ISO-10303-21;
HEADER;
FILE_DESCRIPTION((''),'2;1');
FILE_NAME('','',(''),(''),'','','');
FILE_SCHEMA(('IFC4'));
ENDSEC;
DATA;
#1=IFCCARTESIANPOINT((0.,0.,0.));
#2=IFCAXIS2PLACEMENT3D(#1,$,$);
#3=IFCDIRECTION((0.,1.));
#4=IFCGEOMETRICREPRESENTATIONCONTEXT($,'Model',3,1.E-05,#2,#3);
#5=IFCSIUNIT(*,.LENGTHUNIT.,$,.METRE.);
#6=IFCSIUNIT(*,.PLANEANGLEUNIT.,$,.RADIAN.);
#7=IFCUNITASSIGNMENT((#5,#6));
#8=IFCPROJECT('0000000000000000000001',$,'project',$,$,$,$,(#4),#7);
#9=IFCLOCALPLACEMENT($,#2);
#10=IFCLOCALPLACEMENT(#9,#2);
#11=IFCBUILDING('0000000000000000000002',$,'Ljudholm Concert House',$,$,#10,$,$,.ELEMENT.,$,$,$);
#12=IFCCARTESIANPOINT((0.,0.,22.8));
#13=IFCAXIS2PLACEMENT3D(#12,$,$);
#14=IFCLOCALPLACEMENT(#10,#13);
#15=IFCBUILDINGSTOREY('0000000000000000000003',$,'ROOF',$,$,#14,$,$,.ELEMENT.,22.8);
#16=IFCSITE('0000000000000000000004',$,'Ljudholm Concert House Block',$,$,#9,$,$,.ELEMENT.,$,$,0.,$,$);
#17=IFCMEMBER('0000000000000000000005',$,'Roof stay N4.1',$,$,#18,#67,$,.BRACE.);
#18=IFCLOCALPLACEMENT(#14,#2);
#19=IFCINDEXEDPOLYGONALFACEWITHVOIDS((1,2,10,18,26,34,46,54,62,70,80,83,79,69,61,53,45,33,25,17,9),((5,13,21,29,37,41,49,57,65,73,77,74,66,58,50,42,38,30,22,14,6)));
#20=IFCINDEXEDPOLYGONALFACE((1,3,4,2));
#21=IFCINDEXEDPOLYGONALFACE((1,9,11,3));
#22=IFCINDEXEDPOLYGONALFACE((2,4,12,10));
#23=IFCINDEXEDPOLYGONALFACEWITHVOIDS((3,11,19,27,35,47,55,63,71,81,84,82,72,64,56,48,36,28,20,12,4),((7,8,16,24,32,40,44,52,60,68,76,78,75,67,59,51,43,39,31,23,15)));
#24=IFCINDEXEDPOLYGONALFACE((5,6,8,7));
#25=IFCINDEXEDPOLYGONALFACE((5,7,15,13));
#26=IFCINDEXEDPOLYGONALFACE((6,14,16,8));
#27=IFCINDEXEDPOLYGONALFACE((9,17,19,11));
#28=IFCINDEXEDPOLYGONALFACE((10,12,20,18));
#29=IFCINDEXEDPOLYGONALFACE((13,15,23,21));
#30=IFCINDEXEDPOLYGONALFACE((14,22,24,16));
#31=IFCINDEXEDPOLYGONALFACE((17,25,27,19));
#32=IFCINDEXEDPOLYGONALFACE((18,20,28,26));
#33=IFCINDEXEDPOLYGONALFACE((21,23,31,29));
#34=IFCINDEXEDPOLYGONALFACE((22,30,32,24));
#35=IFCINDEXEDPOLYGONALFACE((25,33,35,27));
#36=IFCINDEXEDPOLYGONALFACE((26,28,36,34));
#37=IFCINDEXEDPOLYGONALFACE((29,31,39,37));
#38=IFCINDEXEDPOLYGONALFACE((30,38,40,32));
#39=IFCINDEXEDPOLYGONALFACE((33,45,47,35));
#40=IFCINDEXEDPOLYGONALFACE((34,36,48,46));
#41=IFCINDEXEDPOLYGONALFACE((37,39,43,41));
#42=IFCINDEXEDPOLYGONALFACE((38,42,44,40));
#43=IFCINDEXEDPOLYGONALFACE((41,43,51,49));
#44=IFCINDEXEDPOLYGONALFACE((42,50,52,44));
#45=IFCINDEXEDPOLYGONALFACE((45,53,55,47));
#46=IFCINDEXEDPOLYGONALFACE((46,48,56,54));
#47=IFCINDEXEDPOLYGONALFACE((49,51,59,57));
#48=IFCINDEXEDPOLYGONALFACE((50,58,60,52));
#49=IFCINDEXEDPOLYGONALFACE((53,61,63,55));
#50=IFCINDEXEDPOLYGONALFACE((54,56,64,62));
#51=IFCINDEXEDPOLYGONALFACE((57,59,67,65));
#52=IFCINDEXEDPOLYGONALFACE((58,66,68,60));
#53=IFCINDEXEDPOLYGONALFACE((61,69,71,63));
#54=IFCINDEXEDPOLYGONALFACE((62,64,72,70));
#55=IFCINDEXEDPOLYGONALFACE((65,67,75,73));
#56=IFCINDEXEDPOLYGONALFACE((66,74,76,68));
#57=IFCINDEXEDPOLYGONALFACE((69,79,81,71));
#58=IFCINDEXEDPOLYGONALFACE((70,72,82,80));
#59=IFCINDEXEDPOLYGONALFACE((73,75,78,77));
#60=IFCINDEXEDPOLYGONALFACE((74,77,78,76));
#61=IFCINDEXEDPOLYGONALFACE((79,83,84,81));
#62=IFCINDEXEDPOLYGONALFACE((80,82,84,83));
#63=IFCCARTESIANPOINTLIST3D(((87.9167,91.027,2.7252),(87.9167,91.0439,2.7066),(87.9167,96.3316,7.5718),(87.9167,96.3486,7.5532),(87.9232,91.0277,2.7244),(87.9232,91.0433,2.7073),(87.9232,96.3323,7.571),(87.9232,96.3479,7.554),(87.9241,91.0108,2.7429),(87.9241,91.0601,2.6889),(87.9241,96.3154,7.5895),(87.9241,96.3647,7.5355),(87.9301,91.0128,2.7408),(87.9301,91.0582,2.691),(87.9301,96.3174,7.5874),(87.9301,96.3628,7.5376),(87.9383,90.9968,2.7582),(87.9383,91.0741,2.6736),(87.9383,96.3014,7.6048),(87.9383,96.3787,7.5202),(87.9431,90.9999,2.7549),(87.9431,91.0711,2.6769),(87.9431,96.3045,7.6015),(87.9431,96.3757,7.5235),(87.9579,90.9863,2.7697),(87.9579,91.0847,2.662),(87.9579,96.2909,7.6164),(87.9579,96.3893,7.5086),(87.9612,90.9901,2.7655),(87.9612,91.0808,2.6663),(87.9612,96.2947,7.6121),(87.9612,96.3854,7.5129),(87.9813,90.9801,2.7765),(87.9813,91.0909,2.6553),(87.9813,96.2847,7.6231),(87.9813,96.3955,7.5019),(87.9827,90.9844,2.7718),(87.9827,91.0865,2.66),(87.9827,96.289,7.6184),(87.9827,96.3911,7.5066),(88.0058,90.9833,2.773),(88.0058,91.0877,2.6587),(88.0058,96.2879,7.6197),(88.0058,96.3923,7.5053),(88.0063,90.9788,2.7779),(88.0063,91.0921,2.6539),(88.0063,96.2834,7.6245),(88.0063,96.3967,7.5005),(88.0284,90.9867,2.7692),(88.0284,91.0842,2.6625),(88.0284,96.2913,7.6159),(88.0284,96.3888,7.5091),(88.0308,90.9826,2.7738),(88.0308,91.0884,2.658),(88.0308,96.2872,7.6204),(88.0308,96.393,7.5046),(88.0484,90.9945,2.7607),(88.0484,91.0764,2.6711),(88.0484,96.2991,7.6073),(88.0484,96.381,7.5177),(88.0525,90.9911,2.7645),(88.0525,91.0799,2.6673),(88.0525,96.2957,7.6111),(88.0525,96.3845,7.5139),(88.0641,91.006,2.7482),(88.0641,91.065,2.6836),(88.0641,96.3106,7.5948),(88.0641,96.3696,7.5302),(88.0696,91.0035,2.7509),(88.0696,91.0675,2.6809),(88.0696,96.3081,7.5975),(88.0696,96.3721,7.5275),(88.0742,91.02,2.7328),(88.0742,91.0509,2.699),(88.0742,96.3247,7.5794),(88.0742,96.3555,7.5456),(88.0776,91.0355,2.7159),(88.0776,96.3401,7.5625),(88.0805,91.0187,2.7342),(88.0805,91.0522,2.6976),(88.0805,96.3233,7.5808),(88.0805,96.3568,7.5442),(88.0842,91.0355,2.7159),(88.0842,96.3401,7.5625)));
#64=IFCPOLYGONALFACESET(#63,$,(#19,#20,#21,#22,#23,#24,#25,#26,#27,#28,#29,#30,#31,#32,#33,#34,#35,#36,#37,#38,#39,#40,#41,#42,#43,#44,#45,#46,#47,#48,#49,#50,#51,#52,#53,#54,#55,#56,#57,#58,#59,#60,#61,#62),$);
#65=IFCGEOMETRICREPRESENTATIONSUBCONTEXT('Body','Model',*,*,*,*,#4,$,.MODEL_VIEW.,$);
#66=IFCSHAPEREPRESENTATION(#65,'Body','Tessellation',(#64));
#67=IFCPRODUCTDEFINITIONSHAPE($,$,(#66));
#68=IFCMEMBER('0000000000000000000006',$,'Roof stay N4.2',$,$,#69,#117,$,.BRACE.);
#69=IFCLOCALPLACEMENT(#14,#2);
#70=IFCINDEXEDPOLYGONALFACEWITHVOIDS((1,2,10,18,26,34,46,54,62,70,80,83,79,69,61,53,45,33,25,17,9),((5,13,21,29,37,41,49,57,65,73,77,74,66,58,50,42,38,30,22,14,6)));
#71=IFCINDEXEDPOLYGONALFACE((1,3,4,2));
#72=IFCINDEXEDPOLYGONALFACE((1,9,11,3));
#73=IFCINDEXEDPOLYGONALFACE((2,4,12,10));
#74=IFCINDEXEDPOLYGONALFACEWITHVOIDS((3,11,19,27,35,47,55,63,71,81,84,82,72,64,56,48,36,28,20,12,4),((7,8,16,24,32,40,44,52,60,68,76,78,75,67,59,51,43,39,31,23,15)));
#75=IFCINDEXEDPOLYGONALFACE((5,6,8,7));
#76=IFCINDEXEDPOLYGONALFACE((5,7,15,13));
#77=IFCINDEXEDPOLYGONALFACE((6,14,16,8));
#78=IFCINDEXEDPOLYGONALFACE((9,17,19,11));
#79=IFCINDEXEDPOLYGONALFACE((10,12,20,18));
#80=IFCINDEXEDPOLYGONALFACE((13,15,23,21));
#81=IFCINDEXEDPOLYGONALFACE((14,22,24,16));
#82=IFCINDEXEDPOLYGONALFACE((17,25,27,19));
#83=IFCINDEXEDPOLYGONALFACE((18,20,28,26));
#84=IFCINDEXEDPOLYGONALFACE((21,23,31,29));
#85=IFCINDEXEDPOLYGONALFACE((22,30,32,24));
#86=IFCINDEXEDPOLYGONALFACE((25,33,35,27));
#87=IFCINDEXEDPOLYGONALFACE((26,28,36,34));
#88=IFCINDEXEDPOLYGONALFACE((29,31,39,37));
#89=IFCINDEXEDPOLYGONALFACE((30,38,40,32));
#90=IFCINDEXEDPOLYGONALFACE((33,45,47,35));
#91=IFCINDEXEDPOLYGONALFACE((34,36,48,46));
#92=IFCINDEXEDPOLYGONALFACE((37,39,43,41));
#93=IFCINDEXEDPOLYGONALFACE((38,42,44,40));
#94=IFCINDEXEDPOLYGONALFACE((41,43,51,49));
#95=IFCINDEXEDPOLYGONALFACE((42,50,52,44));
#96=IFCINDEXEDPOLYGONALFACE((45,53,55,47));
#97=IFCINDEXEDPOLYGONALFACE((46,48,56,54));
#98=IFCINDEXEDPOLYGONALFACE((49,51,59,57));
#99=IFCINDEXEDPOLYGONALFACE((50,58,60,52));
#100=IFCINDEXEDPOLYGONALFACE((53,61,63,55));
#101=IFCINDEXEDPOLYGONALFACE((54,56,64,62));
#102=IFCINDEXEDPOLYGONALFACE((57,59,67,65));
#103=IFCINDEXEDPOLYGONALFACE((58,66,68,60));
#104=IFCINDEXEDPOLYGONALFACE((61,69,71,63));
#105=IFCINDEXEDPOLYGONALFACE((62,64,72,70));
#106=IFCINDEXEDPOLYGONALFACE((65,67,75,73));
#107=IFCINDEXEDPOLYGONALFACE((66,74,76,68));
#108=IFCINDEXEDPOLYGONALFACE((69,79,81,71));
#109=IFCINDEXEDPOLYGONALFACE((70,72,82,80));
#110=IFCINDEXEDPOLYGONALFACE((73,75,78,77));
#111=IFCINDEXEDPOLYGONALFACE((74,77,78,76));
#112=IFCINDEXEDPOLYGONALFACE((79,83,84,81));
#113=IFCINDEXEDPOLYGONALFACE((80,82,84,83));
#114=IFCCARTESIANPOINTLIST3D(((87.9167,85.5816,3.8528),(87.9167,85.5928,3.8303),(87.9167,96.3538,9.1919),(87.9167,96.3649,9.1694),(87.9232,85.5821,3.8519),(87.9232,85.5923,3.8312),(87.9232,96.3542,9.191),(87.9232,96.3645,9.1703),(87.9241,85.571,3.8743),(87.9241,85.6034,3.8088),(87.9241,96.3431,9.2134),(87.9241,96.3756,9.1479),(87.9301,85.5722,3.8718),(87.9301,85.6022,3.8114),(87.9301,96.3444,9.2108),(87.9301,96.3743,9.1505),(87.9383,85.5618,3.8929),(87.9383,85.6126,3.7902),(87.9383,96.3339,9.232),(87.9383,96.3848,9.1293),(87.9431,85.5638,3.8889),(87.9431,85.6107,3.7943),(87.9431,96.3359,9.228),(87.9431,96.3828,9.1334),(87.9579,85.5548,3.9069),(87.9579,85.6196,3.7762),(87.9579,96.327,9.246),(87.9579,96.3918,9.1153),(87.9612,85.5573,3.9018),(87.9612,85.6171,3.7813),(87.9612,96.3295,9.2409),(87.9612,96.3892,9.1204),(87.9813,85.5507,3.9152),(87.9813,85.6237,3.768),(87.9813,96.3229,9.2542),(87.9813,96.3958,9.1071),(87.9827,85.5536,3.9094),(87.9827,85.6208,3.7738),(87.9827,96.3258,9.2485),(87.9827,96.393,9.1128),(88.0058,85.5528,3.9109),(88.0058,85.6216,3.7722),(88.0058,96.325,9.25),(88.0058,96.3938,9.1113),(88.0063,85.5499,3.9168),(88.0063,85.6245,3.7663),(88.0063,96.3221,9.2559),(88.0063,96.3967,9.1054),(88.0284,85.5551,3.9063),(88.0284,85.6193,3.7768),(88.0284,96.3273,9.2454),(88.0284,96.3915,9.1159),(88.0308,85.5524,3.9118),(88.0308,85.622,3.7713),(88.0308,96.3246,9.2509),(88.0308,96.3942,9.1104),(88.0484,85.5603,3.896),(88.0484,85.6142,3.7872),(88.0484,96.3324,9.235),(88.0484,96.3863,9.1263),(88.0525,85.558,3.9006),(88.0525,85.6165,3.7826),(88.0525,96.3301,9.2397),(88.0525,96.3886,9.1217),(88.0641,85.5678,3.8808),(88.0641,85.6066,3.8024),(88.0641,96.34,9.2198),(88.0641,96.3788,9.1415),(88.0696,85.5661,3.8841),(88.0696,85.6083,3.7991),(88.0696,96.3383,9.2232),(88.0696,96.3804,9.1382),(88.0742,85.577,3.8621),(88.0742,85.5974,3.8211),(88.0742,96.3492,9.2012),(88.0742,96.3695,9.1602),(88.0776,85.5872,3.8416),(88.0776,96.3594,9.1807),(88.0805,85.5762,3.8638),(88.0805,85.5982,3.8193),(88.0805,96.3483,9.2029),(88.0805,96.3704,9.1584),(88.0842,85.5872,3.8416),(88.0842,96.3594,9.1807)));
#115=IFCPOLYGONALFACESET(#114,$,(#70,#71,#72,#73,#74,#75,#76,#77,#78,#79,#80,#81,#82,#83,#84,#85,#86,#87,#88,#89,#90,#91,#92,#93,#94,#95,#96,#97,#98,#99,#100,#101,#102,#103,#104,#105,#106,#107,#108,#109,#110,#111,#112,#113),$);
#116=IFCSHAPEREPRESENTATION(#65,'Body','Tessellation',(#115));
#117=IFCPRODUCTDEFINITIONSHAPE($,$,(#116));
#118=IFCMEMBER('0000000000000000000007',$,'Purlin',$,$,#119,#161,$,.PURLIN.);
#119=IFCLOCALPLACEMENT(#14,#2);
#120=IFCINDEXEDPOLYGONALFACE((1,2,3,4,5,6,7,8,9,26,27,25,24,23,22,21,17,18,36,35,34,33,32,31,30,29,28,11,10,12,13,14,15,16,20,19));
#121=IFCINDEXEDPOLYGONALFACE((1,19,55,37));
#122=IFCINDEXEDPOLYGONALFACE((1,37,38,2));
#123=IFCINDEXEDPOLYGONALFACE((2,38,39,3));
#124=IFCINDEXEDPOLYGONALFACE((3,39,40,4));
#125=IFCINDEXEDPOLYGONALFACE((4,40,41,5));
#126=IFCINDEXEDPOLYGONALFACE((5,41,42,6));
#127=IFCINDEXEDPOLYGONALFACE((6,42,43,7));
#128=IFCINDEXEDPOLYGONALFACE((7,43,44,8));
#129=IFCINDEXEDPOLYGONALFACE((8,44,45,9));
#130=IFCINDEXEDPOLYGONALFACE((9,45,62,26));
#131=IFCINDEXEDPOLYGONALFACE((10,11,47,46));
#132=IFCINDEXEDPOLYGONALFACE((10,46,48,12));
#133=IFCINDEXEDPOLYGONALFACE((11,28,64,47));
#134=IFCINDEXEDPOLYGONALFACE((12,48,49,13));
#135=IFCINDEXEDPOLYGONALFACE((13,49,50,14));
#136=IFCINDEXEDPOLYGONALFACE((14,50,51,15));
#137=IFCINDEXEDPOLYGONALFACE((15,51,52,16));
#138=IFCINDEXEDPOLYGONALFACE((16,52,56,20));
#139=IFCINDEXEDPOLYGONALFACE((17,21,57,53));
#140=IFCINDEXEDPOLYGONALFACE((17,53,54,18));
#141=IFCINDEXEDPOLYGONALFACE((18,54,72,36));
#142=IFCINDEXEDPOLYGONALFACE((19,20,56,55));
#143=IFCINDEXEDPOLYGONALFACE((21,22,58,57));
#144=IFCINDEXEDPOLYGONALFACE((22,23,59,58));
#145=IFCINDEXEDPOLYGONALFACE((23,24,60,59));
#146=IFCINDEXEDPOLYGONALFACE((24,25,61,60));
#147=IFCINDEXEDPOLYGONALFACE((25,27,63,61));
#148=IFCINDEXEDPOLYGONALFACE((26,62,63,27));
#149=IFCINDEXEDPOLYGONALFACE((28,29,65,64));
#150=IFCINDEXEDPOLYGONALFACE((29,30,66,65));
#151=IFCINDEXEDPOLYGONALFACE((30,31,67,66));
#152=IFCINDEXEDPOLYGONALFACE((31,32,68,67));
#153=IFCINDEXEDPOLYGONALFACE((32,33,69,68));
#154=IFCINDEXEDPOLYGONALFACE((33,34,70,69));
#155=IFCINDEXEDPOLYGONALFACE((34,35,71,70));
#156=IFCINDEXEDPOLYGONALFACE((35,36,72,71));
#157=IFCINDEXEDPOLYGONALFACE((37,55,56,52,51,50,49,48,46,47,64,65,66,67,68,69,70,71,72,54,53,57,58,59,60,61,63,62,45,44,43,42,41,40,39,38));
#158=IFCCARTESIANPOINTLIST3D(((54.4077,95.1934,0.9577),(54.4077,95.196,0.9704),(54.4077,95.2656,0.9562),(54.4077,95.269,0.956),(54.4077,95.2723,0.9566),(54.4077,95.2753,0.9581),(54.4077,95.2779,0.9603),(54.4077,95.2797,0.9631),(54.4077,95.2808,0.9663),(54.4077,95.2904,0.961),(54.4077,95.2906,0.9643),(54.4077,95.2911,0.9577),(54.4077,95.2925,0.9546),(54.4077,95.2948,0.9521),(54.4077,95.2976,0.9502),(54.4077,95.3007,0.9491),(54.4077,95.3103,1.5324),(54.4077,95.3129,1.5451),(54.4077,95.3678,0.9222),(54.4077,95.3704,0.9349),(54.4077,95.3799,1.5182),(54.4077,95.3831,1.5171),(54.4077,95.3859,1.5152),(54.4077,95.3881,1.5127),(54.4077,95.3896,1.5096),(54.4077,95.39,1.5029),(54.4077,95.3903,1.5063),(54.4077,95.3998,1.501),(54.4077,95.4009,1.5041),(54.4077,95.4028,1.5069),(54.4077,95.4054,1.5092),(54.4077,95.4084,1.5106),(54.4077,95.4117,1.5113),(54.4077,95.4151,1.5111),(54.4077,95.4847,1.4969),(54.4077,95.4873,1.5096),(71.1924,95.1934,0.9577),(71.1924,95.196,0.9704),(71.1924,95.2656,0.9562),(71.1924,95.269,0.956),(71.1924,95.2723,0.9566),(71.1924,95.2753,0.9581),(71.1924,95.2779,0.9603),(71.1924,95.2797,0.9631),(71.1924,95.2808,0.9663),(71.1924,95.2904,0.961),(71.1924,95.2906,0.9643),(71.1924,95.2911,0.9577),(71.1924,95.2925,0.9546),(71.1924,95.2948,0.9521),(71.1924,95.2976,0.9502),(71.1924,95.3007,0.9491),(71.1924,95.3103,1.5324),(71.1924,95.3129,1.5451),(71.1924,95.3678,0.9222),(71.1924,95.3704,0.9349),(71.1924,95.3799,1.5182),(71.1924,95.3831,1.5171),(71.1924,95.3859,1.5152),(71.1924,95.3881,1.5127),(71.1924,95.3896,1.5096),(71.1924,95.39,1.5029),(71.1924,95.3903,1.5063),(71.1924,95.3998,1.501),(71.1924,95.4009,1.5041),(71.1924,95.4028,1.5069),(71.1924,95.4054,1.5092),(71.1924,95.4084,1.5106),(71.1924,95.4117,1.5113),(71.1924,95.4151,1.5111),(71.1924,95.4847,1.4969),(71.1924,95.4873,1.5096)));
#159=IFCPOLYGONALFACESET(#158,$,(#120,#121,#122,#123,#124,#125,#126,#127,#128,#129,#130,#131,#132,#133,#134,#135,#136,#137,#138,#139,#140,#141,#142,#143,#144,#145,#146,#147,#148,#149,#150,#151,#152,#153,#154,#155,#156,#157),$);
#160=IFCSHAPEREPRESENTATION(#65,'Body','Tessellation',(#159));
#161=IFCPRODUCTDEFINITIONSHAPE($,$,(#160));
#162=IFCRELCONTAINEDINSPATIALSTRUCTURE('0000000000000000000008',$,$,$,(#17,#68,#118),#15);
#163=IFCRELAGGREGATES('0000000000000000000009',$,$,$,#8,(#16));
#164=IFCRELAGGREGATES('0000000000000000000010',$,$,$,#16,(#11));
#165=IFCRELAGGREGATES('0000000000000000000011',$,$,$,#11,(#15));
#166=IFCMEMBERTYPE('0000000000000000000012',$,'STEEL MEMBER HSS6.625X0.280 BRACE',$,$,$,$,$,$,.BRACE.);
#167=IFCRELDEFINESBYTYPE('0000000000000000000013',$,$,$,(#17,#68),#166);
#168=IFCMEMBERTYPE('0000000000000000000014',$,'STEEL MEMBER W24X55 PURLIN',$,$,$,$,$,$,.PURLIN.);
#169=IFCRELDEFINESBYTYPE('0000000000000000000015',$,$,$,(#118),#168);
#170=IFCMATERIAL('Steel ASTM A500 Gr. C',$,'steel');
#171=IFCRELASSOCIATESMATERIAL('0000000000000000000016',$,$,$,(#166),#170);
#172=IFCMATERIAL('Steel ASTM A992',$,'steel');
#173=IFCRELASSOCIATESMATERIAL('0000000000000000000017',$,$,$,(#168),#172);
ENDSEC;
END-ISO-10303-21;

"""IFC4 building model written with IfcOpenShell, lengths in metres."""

from ifc_helpers import new_model, si_unit, direction, frame, origin, origin_2d, place, context, subcontext, project, spatial, hollow_circle, i_section, extrude, material, material_profile, profile_set, type_object, element, save


model = new_model("IFC4")

# Units and contexts
model_context = context("Model", 3, precision=1e-05, world=origin(), true_north=direction((0.0, 1.0)))
body_context = subcontext(model_context, "Body", "Model", "MODEL_VIEW")
ifc_project = project(units=[si_unit("LENGTHUNIT", "METRE"), si_unit("PLANEANGLEUNIT", "RADIAN")], contexts=[model_context])

# Site, building, storey
site_placement = place(None, origin())
site = spatial("IfcSite", under=ifc_project, at=site_placement, Name="Ljudholm Concert House Block", CompositionType="ELEMENT", RefElevation=0.0)
building_placement = place(site_placement, origin())
building = spatial("IfcBuilding", under=site, at=building_placement, Name="Ljudholm Concert House", CompositionType="ELEMENT")
storey_placement = place(building_placement, frame((0.0, 0.0, 22.8)))
storey = spatial("IfcBuildingStorey", under=building, at=storey_placement, Name="ROOF", CompositionType="ELEMENT", Elevation=22.8)

# Members
ifc_material_1 = material(Name="Steel ASTM A500 Gr. C", Category="steel")
ifc_material_profile_1 = material_profile(ifc_material_1, hollow_circle(Radius=0.0842, WallThickness=0.0066, at=origin_2d()), Name="HSS6.625X0.280")
ifc_profile_set_1 = profile_set([ifc_material_profile_1], Name="Steel ASTM A500 Gr. C")
member_type_1 = type_object("IfcMemberType", Name="STEEL MEMBER HSS6.625X0.280 BRACE", PredefinedType="BRACE", material=ifc_profile_set_1)
member_1_placement = place(storey_placement, frame((88.0, 96.3401, 7.5625), z_axis=(0.0, -0.738259, -0.674517), x_axis=(1.0, 0.0, 0.0)))
element("IfcMember", 1, at=member_1_placement, inside=storey, type_object=member_type_1, Name="Roof stay N4.1", PredefinedType="BRACE", context=body_context, shape_type="SweptSolid", body=[
    extrude(hollow_circle(Radius=0.0842, WallThickness=0.0066, at=origin_2d()), origin(), (0.0, 0.0, 1.0), 7.1853),
])
member_2_placement = place(storey_placement, frame((88.0, 96.3594, 9.1807), z_axis=(0.0, -0.895985, -0.444084), x_axis=(1.0, 0.0, 0.0)))
element("IfcMember", 2, at=member_2_placement, inside=storey, type_object=member_type_1, Name="Roof stay N4.2", PredefinedType="BRACE", context=body_context, shape_type="SweptSolid", body=[
    extrude(hollow_circle(Radius=0.0842, WallThickness=0.0066, at=origin_2d()), origin(), (0.0, 0.0, 1.0), 12.0227),
])
ifc_material_2 = material(Name="Steel ASTM A992", Category="steel")
ifc_material_profile_2 = material_profile(ifc_material_2, i_section(OverallWidth=0.178, OverallDepth=0.5994, WebThickness=0.01, FlangeThickness=0.0129, FilletRadius=0.0129, at=origin_2d()), Name="W24X55")
ifc_profile_set_2 = profile_set([ifc_material_profile_2], Name="Steel ASTM A992")
member_type_2 = type_object("IfcMemberType", Name="STEEL MEMBER W24X55 PURLIN", PredefinedType="PURLIN", material=ifc_profile_set_2)
for number, where, z_axis, x_axis, name in (
    (3, (54.4077, 95.3403, 1.2336), (1.0, 0.0, 0.0), (0.0, 0.979925, -0.199368), "Purlin"),
):
    element("IfcMember", number, at=place(storey_placement, frame(where, z_axis=z_axis, x_axis=x_axis)), inside=storey, type_object=member_type_2, Name=name, PredefinedType="PURLIN", context=body_context, shape_type="SweptSolid", body=[
        extrude(i_section(OverallWidth=0.178, OverallDepth=0.5994, WebThickness=0.01, FlangeThickness=0.0129, FilletRadius=0.0129, at=origin_2d()), origin(), (0.0, 0.0, 1.0), 16.7847),
    ])

save(model, "model.ifc")
